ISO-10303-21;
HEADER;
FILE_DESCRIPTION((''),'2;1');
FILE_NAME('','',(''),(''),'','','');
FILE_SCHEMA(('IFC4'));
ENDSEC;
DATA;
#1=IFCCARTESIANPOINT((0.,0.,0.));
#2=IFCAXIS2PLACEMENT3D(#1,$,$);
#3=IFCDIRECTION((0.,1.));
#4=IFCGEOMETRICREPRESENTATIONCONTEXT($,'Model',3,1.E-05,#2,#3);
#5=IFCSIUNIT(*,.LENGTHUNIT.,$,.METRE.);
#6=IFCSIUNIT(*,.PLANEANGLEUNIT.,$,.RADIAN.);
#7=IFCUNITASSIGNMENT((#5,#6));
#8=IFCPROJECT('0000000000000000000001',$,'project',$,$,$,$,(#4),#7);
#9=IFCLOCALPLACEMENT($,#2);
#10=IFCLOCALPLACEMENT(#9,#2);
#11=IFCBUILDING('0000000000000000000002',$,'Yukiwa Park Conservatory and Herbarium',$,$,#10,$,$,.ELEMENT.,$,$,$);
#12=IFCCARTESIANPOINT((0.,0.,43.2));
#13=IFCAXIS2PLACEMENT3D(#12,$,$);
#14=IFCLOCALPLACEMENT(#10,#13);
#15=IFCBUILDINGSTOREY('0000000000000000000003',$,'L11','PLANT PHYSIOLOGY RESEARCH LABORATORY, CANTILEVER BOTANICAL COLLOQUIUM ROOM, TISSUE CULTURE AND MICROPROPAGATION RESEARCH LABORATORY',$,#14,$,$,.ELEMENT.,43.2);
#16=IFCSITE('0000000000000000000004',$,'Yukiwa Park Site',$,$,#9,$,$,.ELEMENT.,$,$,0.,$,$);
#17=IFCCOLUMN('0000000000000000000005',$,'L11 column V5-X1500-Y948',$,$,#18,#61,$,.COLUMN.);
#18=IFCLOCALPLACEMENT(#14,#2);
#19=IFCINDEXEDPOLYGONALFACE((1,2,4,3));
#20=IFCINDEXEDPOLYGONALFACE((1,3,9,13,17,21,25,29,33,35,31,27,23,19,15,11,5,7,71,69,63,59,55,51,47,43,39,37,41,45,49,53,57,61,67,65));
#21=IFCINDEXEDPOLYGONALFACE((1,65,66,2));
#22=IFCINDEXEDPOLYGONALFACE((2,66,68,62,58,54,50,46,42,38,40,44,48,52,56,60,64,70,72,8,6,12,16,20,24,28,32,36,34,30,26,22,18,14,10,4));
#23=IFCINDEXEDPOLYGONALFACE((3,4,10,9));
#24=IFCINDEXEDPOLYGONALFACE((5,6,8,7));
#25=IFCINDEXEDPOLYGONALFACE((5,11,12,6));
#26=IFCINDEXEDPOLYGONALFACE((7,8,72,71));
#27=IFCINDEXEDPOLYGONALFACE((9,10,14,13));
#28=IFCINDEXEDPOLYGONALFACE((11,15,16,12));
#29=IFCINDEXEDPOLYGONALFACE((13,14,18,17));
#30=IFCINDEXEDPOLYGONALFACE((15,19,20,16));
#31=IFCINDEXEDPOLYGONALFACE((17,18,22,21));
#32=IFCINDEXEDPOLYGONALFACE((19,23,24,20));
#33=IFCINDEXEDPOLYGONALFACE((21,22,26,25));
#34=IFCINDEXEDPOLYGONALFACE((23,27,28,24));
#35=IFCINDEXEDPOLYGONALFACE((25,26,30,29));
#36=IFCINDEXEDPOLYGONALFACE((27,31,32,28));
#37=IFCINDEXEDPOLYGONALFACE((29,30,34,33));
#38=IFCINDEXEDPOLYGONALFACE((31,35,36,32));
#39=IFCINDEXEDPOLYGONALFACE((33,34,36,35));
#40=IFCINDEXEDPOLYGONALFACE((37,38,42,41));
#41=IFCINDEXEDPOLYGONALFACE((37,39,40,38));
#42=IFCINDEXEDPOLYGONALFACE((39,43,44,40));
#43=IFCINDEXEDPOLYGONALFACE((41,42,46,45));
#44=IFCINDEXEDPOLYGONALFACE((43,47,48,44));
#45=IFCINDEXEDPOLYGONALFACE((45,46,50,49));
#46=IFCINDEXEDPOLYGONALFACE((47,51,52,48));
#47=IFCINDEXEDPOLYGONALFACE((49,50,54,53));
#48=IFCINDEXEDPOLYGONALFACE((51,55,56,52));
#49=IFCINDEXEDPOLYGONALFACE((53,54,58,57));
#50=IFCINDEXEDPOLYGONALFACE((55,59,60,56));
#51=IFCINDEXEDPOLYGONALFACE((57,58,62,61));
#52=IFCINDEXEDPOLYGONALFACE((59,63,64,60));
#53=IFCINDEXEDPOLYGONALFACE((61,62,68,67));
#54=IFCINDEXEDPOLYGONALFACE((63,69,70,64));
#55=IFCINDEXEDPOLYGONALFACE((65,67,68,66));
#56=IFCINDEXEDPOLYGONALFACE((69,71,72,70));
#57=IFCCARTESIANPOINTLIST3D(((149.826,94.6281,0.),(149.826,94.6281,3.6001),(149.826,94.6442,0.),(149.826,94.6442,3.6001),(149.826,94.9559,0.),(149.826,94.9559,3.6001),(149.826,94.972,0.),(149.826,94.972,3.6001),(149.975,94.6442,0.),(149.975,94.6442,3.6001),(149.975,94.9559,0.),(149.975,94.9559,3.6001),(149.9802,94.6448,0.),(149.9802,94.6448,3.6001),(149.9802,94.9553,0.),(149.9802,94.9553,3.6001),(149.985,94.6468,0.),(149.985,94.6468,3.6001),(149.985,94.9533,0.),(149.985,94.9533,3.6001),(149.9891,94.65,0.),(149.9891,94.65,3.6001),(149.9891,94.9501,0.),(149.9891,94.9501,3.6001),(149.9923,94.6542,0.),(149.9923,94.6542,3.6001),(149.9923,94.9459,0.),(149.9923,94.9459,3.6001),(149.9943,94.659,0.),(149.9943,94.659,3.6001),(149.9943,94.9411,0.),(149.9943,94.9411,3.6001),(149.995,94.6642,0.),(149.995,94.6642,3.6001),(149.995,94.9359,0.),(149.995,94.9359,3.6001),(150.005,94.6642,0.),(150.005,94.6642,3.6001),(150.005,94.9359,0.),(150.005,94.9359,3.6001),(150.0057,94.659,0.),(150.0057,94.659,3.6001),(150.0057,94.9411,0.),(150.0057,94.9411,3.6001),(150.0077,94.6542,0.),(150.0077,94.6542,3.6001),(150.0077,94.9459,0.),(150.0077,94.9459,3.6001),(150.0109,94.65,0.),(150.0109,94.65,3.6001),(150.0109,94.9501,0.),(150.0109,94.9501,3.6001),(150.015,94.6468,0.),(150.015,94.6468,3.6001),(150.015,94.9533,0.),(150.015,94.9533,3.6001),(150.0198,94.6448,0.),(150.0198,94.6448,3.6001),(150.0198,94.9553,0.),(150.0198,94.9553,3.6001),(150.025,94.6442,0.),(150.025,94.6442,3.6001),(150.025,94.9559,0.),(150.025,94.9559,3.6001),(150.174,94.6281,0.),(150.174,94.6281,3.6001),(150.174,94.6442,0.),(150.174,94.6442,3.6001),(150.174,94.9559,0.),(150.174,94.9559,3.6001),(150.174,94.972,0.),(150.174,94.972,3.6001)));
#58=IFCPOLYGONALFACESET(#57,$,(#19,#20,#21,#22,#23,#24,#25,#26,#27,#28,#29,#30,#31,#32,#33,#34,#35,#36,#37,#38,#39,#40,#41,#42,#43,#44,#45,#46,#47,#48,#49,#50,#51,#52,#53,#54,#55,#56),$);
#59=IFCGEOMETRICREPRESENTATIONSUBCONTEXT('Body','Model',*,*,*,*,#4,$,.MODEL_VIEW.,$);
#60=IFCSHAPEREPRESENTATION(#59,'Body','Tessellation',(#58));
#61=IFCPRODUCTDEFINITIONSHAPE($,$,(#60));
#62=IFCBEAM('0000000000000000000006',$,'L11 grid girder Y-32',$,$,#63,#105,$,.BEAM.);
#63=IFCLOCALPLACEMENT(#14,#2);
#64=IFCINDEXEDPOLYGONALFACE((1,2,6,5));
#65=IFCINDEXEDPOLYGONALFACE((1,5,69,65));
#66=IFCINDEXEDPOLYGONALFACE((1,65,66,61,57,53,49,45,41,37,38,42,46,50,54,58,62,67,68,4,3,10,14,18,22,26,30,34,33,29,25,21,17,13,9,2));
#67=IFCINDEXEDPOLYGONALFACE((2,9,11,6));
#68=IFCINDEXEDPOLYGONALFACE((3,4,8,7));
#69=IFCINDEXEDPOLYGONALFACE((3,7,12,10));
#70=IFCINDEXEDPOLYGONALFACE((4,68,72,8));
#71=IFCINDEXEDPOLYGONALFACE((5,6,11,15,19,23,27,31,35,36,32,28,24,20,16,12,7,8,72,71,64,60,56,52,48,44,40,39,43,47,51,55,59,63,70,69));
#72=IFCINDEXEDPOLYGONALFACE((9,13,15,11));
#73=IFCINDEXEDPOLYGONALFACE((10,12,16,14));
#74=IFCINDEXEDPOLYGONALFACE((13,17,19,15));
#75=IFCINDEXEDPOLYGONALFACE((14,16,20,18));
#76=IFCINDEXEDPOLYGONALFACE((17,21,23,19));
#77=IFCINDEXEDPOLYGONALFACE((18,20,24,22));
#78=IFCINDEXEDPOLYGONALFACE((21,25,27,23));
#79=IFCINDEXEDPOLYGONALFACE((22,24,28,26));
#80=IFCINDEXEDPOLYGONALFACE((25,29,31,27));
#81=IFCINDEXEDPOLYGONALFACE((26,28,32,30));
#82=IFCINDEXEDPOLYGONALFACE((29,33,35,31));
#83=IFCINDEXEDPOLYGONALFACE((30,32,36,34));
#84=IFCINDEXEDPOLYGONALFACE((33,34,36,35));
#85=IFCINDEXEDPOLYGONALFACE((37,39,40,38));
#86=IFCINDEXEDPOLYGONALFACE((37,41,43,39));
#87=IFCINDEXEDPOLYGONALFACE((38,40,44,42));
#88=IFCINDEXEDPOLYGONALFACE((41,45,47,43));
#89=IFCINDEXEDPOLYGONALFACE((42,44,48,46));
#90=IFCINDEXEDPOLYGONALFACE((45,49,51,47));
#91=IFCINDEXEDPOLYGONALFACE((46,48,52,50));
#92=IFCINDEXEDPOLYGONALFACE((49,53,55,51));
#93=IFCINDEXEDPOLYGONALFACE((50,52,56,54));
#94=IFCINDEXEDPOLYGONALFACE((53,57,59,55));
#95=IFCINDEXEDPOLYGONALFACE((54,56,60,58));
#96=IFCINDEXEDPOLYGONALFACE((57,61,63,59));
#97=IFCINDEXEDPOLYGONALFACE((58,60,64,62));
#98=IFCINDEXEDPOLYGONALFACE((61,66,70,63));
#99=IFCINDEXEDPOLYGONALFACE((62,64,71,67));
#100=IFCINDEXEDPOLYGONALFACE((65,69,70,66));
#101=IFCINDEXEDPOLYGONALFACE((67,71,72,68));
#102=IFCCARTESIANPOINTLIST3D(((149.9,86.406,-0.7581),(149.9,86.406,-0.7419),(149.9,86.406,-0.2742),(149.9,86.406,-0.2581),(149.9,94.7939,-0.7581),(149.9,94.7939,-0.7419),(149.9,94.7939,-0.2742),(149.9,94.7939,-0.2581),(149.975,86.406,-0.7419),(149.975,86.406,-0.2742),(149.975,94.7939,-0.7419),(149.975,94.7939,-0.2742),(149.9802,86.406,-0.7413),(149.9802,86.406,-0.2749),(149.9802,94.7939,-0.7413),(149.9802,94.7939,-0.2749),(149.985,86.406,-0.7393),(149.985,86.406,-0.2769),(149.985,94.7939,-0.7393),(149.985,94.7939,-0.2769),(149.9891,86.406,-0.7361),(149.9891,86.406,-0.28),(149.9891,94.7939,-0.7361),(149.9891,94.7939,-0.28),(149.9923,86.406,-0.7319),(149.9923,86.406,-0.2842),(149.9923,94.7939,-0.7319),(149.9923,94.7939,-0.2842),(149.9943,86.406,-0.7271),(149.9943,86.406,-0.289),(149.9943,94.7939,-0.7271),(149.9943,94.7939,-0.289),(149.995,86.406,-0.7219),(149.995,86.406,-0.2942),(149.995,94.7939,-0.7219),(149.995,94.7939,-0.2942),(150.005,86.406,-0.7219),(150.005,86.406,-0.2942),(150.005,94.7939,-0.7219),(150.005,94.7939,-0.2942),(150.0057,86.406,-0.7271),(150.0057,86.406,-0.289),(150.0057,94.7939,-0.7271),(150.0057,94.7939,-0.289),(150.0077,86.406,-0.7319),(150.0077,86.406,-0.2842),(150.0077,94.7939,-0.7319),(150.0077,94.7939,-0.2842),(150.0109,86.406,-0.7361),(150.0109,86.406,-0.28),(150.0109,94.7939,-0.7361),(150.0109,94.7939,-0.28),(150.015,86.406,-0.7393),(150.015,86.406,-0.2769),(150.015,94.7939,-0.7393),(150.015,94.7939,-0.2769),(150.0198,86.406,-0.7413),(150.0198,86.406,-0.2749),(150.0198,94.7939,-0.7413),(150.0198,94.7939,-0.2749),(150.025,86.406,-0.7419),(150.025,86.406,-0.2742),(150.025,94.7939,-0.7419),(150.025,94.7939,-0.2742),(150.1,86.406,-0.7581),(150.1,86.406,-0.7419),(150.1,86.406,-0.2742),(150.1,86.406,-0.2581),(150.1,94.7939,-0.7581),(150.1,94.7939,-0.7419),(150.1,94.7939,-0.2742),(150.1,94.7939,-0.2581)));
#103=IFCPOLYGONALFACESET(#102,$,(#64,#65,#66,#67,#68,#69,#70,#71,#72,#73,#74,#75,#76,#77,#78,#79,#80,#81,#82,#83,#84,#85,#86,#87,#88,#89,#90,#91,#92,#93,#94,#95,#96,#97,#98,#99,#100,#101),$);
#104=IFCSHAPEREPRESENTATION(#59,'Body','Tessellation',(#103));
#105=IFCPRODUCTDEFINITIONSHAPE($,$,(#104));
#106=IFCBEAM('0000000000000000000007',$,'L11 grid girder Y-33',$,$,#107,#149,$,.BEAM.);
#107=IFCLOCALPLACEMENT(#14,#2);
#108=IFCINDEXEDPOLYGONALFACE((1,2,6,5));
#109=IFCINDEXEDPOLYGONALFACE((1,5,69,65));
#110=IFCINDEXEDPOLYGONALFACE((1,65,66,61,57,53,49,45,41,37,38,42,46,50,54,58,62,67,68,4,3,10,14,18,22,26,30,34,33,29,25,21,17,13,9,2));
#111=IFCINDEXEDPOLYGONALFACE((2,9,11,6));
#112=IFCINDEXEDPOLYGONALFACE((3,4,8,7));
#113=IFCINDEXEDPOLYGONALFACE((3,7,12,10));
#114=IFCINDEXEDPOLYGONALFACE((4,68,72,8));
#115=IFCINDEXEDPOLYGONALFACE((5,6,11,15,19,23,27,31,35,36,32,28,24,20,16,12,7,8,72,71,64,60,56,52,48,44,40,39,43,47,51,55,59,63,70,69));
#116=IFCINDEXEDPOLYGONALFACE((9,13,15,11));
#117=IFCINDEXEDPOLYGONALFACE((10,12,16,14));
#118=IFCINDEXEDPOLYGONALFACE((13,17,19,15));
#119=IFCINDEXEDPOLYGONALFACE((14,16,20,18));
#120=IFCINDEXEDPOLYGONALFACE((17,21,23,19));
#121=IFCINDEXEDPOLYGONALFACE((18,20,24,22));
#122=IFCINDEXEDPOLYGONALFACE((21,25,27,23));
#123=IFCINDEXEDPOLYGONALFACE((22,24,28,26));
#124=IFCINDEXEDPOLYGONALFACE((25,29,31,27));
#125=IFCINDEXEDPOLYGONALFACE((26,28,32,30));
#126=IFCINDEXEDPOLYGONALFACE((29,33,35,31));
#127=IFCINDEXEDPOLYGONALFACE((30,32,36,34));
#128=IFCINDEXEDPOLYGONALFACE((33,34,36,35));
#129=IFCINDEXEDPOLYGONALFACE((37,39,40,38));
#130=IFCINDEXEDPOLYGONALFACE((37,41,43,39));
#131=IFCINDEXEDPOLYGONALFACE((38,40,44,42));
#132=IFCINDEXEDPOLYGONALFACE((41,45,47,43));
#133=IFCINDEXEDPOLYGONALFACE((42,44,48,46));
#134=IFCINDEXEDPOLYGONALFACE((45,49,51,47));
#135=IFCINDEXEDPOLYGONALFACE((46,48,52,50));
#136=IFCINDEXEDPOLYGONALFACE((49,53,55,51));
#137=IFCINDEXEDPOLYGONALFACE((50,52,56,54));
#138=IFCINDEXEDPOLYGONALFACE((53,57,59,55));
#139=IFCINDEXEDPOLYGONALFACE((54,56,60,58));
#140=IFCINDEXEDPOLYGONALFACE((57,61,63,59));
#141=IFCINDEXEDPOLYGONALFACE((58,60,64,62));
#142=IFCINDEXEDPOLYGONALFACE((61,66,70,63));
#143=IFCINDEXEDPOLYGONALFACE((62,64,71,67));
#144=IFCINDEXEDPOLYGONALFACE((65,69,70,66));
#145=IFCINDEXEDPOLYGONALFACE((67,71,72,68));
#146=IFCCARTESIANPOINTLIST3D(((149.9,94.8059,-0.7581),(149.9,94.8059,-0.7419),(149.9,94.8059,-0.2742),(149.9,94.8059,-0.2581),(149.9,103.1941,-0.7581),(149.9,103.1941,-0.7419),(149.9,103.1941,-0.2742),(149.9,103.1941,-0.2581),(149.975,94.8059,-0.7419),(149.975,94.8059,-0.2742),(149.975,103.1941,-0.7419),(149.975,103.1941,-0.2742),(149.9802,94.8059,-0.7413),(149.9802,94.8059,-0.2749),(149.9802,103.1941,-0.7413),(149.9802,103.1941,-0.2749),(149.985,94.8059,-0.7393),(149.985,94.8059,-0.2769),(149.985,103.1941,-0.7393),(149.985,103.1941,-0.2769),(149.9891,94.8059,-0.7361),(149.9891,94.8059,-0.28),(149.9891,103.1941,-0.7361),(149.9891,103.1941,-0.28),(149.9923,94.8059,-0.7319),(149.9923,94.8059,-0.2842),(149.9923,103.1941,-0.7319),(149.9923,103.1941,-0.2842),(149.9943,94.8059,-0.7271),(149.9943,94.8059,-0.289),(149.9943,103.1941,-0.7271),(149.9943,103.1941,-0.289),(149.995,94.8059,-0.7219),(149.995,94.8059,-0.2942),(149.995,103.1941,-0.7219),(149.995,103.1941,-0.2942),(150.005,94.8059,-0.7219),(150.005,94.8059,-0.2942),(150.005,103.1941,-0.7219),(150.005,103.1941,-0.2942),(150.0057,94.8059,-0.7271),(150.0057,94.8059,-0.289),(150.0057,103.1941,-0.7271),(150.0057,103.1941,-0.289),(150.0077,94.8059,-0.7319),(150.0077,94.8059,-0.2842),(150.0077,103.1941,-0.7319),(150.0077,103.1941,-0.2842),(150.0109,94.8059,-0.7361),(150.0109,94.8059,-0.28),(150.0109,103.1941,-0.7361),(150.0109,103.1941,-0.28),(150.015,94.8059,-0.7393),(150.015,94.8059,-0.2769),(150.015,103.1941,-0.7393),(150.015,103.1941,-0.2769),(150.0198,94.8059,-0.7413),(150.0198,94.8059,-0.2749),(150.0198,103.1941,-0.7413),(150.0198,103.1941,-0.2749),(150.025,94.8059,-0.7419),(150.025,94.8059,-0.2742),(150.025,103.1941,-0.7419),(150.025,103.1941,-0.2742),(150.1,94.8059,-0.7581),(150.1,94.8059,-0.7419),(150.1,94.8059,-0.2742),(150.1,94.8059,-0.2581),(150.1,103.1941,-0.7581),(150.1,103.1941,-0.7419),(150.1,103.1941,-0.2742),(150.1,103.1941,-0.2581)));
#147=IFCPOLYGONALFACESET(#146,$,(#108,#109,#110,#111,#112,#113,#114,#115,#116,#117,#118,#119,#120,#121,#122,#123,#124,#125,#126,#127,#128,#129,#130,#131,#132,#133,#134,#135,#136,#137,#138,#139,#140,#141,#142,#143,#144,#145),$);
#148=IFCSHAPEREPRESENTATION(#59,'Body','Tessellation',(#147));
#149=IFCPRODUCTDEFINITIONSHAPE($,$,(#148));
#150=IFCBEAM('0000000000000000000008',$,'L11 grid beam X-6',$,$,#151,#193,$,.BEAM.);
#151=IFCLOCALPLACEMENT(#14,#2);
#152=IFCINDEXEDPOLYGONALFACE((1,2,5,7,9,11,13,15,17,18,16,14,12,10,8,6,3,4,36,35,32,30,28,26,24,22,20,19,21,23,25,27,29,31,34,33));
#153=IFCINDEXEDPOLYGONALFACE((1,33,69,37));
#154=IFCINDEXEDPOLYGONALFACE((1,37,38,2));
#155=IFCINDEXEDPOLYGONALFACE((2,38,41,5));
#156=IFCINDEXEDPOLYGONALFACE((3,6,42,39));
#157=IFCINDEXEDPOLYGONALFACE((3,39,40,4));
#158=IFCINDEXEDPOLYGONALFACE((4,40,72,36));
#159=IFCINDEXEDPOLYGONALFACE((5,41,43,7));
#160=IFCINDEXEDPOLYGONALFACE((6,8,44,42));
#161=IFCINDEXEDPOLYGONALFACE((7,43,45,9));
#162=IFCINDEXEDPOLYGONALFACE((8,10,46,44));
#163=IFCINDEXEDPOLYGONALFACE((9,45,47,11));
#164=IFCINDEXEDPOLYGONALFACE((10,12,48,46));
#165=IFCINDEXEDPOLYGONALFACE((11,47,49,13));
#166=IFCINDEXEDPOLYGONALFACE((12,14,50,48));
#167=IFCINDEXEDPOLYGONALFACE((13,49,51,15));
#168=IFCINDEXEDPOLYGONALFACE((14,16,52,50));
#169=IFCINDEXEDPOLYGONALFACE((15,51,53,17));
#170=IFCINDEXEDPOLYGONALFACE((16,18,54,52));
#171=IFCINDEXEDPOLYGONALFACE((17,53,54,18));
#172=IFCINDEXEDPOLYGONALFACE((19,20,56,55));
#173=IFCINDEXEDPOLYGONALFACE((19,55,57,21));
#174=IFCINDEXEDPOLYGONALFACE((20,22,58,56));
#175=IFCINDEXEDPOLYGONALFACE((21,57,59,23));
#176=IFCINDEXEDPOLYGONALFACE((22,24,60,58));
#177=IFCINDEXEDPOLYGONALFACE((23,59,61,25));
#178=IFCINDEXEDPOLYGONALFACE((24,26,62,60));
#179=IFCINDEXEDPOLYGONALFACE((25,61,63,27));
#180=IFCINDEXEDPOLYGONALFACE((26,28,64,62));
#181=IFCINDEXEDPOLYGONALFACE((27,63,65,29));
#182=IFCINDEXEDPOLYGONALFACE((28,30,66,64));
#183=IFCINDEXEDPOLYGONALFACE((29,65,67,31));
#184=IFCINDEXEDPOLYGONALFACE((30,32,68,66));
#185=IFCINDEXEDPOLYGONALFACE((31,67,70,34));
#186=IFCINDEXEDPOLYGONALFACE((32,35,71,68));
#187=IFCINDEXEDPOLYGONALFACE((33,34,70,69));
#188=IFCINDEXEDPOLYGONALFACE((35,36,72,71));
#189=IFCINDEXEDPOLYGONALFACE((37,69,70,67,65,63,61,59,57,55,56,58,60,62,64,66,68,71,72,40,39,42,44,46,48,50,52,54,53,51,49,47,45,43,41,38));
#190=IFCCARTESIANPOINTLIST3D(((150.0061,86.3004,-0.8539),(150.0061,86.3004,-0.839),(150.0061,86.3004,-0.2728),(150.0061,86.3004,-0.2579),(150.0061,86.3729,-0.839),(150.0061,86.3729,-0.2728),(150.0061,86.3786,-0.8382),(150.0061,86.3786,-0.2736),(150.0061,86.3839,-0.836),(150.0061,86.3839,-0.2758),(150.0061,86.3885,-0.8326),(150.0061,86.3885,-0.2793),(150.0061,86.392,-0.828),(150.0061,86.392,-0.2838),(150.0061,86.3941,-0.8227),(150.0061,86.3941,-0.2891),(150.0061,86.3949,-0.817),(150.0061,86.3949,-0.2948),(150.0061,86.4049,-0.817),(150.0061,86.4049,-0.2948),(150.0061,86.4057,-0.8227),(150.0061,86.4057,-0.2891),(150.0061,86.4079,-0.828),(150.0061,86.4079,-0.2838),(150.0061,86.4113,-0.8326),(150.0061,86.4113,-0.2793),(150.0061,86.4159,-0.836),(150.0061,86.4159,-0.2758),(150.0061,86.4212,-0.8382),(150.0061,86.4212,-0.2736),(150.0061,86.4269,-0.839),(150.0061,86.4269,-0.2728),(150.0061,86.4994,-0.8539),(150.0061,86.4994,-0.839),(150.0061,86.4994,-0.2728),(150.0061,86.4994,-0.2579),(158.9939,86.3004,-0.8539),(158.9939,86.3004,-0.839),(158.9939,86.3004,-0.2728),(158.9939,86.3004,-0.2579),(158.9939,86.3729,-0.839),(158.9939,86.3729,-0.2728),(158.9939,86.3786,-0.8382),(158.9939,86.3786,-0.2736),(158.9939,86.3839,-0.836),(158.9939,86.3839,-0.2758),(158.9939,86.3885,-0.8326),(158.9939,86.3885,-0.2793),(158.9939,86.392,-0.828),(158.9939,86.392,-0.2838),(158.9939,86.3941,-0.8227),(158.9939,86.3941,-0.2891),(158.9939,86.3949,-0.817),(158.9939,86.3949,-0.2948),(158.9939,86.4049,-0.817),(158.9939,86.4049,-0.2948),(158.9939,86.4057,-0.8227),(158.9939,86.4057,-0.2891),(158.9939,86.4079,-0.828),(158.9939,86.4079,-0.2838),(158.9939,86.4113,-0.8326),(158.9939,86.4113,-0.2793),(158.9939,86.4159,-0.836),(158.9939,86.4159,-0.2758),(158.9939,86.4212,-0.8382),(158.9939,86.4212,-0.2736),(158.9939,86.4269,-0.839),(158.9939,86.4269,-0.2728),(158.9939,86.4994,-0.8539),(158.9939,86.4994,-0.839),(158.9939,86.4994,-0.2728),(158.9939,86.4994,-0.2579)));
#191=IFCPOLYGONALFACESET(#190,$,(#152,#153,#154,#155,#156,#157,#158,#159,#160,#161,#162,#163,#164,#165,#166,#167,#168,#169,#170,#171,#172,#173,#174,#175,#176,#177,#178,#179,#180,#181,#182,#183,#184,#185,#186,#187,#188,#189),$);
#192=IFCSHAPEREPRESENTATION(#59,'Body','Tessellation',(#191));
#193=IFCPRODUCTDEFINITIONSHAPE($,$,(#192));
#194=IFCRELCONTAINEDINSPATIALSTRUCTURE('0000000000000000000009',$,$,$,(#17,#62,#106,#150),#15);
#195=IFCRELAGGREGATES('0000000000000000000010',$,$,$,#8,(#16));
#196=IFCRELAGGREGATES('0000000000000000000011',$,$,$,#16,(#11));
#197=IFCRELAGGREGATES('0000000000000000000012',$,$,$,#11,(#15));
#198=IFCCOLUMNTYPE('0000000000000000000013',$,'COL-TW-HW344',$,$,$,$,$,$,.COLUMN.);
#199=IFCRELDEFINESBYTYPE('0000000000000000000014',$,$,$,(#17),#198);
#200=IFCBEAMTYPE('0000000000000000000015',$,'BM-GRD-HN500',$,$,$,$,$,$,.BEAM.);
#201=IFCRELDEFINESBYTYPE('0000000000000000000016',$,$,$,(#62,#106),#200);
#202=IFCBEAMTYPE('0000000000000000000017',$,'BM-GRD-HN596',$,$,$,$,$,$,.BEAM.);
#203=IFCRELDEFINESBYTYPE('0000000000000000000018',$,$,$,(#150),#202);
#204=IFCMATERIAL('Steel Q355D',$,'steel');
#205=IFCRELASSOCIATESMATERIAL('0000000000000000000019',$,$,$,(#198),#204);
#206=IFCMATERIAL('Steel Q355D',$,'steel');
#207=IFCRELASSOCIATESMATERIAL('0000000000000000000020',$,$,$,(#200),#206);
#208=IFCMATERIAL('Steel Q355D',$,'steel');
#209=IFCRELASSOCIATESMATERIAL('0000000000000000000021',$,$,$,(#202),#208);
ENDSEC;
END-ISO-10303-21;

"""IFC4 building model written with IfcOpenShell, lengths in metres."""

from ifc_helpers import new_model, si_unit, direction, frame, origin, origin_2d, place, context, subcontext, project, spatial, i_section, extrude, material, material_profile, profile_set, type_object, element, save


model = new_model("IFC4")

# Units and contexts
model_context = context("Model", 3, precision=1e-05, world=origin(), true_north=direction((0.0, 1.0)))
body_context = subcontext(model_context, "Body", "Model", "MODEL_VIEW")
ifc_project = project(units=[si_unit("LENGTHUNIT", "METRE"), si_unit("PLANEANGLEUNIT", "RADIAN")], contexts=[model_context])

# Site, building, storey
site_placement = place(None, origin())
site = spatial("IfcSite", under=ifc_project, at=site_placement, Name="Yukiwa Park Site", CompositionType="ELEMENT", RefElevation=0.0)
building_placement = place(site_placement, origin())
building = spatial("IfcBuilding", under=site, at=building_placement, Name="Yukiwa Park Conservatory and Herbarium", CompositionType="ELEMENT")
storey_placement = place(building_placement, frame((0.0, 0.0, 43.2)))
storey = spatial("IfcBuildingStorey", under=building, at=storey_placement, Name="L11", Description="PLANT PHYSIOLOGY RESEARCH LABORATORY, CANTILEVER BOTANICAL COLLOQUIUM ROOM, TISSUE CULTURE AND MICROPROPAGATION RESEARCH LABORATORY", CompositionType="ELEMENT", Elevation=43.2)

# Column
ifc_material_1 = material(Name="Steel Q355D", Category="steel")
ifc_material_profile_1 = material_profile(ifc_material_1, i_section(OverallWidth=0.3479, OverallDepth=0.344, WebThickness=0.01, FlangeThickness=0.0161, FilletRadius=0.02, at=origin_2d()), Name="HW 344x348x10x16")
ifc_profile_set_1 = profile_set([ifc_material_profile_1], Name="Steel Q355D")
column_type_1 = type_object("IfcColumnType", Name="COL-TW-HW344", PredefinedType="COLUMN", material=ifc_profile_set_1)
column_1_placement = place(storey_placement, frame((150.0, 94.8, 0.0), z_axis=(0.0, 0.0, 1.0), x_axis=(1.0, 0.0, 0.0)))
element("IfcColumn", 1, at=column_1_placement, inside=storey, type_object=column_type_1, Name="L11 column V5-X1500-Y948", PredefinedType="COLUMN", context=body_context, shape_type="SweptSolid", body=[
    extrude(i_section(OverallWidth=0.3479, OverallDepth=0.344, WebThickness=0.01, FlangeThickness=0.0161, FilletRadius=0.02, at=origin_2d()), origin(), (0.0, 0.0, 1.0), 3.6001),
])

# Beams
ifc_material_2 = material(Name="Steel Q355D", Category="steel")
ifc_material_profile_2 = material_profile(ifc_material_2, i_section(OverallWidth=0.2, OverallDepth=0.5, WebThickness=0.01, FlangeThickness=0.0161, FilletRadius=0.02, at=origin_2d()), Name="HN 500x200x10x16")
ifc_profile_set_2 = profile_set([ifc_material_profile_2], Name="Steel Q355D")
beam_type_1 = type_object("IfcBeamType", Name="BM-GRD-HN500", PredefinedType="BEAM", material=ifc_profile_set_2)
beam_1_placement = place(storey_placement, frame((150.0, 86.406, -0.5081), z_axis=(0.0, 1.0, 0.0), x_axis=(-1.0, 0.0, 0.0)))
element("IfcBeam", 2, at=beam_1_placement, inside=storey, type_object=beam_type_1, Name="L11 grid girder Y-32", PredefinedType="BEAM", context=body_context, shape_type="SweptSolid", body=[
    extrude(i_section(OverallWidth=0.2, OverallDepth=0.5, WebThickness=0.01, FlangeThickness=0.0161, FilletRadius=0.02, at=origin_2d()), origin(), (0.0, 0.0, 1.0), 8.3879),
])
beam_2_placement = place(storey_placement, frame((150.0, 94.8059, -0.5081), z_axis=(0.0, 1.0, 0.0), x_axis=(-1.0, 0.0, 0.0)))
element("IfcBeam", 3, at=beam_2_placement, inside=storey, type_object=beam_type_1, Name="L11 grid girder Y-33", PredefinedType="BEAM", context=body_context, shape_type="SweptSolid", body=[
    extrude(i_section(OverallWidth=0.2, OverallDepth=0.5, WebThickness=0.01, FlangeThickness=0.0161, FilletRadius=0.02, at=origin_2d()), origin(), (0.0, 0.0, 1.0), 8.3882),
])
ifc_material_3 = material(Name="Steel Q355D", Category="steel")
ifc_material_profile_3 = material_profile(ifc_material_3, i_section(OverallWidth=0.199, OverallDepth=0.5959, WebThickness=0.01, FlangeThickness=0.0149, FilletRadius=0.022, at=origin_2d()), Name="HN 596x199x10x15")
ifc_profile_set_3 = profile_set([ifc_material_profile_3], Name="Steel Q355D")
beam_type_2 = type_object("IfcBeamType", Name="BM-GRD-HN596", PredefinedType="BEAM", material=ifc_profile_set_3)
beam_3_placement = place(storey_placement, frame((150.0061, 86.3999, -0.5559), z_axis=(1.0, 0.0, 0.0), x_axis=(0.0, 1.0, 0.0)))
element("IfcBeam", 4, at=beam_3_placement, inside=storey, type_object=beam_type_2, Name="L11 grid beam X-6", PredefinedType="BEAM", context=body_context, shape_type="SweptSolid", body=[
    extrude(i_section(OverallWidth=0.199, OverallDepth=0.5959, WebThickness=0.01, FlangeThickness=0.0149, FilletRadius=0.022, at=origin_2d()), origin(), (0.0, 0.0, 1.0), 8.9878),
])

save(model, "model.ifc")
